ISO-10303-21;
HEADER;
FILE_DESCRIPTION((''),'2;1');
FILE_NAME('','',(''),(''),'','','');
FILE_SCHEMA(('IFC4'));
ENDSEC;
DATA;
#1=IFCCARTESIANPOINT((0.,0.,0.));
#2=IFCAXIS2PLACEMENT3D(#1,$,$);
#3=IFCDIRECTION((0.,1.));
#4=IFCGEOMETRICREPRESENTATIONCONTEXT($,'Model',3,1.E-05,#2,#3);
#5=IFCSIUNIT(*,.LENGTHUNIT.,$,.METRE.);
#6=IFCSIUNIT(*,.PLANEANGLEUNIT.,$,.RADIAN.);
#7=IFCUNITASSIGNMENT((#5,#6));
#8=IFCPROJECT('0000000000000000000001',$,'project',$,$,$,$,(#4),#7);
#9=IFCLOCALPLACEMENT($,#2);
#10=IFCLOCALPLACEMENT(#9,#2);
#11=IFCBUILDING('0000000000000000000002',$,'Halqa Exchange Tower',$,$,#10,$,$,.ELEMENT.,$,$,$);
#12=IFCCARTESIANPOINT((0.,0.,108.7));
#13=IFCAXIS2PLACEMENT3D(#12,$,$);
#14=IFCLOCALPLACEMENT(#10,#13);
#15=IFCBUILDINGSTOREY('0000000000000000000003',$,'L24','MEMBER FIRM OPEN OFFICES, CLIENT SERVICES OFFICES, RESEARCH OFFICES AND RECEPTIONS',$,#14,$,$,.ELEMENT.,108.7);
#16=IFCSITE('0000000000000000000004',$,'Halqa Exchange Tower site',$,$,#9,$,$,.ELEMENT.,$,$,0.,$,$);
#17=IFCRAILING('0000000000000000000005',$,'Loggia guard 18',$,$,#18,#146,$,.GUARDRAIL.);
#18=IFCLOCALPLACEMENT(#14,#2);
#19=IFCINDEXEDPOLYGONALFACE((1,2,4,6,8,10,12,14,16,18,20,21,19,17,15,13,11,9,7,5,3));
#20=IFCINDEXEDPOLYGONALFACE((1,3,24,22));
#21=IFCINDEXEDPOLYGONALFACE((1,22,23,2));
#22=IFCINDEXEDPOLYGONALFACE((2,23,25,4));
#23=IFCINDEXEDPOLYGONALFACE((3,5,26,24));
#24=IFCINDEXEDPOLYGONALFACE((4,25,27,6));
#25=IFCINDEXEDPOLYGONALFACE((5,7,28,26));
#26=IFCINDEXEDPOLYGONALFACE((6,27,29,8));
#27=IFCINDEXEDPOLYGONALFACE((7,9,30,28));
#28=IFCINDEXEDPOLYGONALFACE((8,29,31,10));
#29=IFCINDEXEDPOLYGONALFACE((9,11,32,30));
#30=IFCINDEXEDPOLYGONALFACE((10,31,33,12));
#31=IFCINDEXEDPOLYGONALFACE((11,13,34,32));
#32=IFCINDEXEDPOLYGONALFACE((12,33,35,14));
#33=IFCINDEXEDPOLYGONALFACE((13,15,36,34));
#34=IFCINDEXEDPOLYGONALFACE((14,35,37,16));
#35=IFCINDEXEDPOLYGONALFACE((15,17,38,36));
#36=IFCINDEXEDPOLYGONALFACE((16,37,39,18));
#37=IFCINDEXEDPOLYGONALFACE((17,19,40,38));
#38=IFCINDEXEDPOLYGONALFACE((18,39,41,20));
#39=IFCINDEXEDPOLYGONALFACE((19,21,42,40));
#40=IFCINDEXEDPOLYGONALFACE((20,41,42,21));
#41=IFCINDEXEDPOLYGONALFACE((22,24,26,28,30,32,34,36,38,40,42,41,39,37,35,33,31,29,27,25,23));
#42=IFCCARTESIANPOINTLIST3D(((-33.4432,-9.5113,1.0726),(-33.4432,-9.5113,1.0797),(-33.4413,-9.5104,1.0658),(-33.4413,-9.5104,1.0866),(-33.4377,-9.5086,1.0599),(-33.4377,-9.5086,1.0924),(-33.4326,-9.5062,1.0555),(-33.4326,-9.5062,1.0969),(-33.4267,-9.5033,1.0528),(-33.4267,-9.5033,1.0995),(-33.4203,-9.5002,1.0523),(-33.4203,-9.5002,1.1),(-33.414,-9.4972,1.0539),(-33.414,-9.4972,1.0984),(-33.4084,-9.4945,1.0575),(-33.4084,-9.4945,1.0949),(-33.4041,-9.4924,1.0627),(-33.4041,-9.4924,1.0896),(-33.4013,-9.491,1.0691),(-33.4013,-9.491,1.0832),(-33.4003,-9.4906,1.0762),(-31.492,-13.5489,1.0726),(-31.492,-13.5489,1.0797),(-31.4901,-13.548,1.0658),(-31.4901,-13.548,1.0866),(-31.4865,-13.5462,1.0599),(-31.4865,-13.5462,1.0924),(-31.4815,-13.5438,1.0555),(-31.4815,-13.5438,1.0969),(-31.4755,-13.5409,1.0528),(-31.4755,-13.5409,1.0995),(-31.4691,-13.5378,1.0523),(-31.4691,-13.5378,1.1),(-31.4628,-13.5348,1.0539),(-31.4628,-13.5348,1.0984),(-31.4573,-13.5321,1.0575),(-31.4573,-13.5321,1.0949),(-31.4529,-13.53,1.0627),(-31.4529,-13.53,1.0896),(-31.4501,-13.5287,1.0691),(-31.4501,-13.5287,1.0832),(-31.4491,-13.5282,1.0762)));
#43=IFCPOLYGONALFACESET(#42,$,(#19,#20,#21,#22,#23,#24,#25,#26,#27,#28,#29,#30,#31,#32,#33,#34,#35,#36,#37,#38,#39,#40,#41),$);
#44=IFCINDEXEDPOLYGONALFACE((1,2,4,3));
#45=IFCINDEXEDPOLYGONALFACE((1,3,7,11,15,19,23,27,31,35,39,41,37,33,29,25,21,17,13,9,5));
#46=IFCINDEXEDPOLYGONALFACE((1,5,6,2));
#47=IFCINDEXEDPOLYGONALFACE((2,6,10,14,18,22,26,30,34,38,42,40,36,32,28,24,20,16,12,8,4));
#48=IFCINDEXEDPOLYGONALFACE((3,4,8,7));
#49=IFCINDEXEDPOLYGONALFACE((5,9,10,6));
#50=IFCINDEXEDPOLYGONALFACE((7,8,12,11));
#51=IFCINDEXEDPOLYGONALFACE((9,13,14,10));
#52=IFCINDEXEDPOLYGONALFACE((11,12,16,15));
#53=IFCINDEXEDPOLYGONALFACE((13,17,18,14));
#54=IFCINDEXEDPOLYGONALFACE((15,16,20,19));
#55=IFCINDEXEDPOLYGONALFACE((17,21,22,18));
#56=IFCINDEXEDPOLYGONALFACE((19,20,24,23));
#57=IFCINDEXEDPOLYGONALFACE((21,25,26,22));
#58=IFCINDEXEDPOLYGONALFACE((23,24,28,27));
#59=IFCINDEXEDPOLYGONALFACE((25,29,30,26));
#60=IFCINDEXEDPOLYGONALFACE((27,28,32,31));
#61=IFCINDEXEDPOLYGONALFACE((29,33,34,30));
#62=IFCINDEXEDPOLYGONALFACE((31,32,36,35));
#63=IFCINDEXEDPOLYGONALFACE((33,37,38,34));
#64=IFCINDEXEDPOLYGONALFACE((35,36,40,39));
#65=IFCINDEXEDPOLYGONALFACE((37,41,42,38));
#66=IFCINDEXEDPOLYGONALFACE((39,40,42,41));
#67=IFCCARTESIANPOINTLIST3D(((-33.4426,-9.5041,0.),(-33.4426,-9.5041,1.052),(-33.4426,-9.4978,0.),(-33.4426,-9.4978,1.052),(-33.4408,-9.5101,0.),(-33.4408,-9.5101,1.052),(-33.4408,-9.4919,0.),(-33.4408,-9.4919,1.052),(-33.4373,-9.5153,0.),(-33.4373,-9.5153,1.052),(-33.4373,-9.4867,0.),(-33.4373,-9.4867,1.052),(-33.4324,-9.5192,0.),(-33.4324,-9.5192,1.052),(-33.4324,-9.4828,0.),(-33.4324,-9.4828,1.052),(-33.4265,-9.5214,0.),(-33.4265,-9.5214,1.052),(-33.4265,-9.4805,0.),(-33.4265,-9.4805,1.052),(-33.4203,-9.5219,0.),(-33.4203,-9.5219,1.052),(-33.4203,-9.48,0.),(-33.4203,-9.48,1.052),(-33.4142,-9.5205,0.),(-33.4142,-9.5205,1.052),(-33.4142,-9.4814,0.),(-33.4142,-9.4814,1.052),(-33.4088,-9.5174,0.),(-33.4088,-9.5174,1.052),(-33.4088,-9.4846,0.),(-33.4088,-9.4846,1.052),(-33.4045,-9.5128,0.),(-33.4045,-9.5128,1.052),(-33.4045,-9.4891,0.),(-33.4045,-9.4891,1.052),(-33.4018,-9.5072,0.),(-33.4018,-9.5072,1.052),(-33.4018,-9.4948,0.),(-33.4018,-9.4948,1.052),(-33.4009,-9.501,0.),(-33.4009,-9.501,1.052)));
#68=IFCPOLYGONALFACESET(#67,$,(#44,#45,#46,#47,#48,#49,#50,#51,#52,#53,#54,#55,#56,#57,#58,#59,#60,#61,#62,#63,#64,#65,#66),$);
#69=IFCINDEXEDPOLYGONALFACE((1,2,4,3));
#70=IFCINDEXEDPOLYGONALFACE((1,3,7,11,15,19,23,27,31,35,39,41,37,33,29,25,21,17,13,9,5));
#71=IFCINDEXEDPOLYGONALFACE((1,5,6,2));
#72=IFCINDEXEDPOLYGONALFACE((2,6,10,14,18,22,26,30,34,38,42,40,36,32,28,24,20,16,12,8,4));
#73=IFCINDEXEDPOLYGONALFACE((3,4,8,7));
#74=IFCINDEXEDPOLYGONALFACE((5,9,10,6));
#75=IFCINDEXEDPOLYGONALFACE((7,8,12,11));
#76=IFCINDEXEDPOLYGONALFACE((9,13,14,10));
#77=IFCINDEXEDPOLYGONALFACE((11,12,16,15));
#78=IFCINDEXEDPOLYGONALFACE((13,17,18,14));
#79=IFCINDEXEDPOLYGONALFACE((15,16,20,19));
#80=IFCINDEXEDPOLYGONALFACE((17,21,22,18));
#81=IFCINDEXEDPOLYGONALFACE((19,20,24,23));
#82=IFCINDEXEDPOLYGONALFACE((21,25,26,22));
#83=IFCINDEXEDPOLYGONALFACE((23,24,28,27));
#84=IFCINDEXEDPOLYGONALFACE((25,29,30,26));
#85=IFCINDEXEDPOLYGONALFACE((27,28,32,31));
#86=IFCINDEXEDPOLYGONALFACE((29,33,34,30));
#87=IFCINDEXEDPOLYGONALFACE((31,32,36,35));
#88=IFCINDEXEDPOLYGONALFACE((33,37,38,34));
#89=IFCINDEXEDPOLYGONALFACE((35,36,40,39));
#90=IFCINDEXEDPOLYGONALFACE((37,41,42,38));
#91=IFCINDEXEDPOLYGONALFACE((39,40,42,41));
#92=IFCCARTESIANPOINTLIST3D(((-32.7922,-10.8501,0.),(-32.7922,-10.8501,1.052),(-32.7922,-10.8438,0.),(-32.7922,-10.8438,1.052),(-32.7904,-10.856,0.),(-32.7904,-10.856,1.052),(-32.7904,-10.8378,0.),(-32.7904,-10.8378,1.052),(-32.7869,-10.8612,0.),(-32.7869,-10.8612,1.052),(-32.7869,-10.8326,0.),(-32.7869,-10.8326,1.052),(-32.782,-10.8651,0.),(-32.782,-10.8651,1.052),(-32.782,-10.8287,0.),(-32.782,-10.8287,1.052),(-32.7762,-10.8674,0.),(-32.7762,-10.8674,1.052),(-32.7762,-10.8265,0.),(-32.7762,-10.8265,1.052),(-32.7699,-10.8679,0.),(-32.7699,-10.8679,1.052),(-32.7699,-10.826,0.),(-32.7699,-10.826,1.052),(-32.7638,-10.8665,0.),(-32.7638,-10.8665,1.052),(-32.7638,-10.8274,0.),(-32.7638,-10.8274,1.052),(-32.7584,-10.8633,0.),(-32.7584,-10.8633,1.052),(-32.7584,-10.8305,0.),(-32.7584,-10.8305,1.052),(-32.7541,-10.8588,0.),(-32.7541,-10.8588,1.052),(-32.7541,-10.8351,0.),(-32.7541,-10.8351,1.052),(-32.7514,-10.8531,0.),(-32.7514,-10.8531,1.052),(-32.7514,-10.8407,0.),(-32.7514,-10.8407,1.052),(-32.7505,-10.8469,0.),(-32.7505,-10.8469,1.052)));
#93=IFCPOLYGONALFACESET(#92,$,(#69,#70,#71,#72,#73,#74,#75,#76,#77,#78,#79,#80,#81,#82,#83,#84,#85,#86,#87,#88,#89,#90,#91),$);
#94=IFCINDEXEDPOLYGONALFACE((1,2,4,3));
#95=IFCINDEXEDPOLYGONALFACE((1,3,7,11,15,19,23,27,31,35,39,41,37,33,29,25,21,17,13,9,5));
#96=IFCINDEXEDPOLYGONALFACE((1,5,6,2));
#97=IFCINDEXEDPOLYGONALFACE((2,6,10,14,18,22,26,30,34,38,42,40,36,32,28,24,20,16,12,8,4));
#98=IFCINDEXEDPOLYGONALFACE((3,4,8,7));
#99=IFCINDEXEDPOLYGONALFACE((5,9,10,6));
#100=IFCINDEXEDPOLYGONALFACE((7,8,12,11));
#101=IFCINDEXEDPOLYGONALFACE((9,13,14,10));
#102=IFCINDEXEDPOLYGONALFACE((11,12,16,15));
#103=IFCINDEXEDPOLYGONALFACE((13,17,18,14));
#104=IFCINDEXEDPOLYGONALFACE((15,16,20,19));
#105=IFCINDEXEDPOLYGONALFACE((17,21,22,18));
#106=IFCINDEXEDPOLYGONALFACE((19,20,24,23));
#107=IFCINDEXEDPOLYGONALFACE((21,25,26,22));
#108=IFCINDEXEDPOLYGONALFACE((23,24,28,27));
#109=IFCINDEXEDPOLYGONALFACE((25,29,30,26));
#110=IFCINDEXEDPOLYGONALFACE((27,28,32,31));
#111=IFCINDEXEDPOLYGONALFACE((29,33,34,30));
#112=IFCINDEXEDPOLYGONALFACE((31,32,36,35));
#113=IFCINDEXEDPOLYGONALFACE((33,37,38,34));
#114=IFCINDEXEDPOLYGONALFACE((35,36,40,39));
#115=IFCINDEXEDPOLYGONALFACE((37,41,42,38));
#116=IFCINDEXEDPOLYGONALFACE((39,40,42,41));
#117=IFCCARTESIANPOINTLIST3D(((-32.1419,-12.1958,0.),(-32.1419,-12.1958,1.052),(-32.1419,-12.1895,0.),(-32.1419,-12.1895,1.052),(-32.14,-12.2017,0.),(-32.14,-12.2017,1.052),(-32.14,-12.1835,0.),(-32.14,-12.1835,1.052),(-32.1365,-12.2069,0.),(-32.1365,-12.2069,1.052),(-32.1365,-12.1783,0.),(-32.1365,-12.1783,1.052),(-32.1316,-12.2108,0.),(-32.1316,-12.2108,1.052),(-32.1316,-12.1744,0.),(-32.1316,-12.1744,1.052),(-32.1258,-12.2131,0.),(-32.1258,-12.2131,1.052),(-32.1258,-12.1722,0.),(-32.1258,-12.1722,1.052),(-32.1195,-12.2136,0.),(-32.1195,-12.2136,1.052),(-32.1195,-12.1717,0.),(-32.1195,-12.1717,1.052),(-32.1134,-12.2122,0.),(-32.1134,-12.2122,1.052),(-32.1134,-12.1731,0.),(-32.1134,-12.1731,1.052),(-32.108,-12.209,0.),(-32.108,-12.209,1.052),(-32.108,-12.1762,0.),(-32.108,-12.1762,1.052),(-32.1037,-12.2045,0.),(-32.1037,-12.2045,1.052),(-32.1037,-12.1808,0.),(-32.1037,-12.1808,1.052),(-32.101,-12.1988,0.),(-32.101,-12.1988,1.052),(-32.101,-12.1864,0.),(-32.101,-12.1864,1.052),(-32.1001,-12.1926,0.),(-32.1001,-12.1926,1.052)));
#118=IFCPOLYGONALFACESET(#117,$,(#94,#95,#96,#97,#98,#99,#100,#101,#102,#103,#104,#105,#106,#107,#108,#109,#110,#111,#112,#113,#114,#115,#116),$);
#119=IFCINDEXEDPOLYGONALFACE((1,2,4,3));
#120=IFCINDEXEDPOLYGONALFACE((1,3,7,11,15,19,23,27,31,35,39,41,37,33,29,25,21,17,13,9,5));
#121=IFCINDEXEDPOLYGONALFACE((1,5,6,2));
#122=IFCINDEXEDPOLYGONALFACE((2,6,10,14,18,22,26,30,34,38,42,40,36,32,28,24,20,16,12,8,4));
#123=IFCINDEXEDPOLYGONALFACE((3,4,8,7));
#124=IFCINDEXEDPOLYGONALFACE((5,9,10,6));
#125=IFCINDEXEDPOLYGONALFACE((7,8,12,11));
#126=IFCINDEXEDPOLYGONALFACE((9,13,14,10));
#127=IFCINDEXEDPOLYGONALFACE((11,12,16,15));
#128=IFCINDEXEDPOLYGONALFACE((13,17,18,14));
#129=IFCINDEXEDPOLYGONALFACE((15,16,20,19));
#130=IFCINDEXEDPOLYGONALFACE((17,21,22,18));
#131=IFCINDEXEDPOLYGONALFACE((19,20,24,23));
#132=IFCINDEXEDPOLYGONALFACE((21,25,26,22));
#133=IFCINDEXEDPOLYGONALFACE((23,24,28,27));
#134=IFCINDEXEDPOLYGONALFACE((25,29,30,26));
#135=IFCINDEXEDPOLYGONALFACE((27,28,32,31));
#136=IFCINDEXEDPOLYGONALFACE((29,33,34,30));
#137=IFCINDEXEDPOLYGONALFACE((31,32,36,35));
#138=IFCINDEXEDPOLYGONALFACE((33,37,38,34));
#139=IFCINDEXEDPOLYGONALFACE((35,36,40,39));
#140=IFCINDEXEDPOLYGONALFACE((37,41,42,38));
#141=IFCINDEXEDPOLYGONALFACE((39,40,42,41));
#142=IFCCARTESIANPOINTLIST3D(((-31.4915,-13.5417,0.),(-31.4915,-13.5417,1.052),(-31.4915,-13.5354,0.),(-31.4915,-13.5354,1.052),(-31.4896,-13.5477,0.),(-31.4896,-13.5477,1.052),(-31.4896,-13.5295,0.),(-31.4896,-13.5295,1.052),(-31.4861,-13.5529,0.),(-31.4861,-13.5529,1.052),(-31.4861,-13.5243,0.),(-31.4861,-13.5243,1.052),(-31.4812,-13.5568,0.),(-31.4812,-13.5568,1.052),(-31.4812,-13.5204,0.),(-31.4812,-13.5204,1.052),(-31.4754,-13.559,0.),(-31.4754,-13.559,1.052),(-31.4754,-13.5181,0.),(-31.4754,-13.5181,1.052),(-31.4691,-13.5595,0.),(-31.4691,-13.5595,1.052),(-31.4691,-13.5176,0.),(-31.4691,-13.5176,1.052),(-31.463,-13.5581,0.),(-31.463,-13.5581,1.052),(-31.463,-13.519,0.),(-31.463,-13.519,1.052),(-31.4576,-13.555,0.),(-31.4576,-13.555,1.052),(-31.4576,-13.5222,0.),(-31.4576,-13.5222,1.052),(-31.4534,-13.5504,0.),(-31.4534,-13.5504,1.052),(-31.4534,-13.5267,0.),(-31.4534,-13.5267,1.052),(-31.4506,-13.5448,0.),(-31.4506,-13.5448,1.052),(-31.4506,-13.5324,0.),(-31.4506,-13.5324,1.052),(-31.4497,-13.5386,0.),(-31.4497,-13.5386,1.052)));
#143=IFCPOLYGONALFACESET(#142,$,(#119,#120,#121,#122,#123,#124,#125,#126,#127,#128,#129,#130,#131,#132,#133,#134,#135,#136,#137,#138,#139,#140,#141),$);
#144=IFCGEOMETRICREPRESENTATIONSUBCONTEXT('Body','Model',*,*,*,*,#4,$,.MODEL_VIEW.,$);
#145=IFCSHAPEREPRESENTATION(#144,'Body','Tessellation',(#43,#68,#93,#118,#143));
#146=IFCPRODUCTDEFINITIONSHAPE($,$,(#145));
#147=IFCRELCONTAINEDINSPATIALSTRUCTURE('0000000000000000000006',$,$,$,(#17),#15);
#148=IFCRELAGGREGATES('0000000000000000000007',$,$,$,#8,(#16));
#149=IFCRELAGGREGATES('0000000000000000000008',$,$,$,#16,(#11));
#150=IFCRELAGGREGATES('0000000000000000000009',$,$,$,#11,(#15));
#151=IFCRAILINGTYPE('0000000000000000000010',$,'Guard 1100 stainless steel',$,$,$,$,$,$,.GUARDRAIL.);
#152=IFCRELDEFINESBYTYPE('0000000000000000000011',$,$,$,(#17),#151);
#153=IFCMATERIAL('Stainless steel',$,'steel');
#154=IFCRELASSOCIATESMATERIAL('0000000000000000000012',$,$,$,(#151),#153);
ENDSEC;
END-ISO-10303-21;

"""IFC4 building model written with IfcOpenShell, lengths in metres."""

from ifc_helpers import new_model, si_unit, direction, frame, origin, origin_2d, place, context, subcontext, project, spatial, circle, extrude, material, type_object, element, save


model = new_model("IFC4")

# Units and contexts
model_context = context("Model", 3, precision=1e-05, world=origin(), true_north=direction((0.0, 1.0)))
body_context = subcontext(model_context, "Body", "Model", "MODEL_VIEW")
ifc_project = project(units=[si_unit("LENGTHUNIT", "METRE"), si_unit("PLANEANGLEUNIT", "RADIAN")], contexts=[model_context])

# Site, building, storey
site_placement = place(None, origin())
site = spatial("IfcSite", under=ifc_project, at=site_placement, Name="Halqa Exchange Tower site", CompositionType="ELEMENT", RefElevation=0.0)
building_placement = place(site_placement, origin())
building = spatial("IfcBuilding", under=site, at=building_placement, Name="Halqa Exchange Tower", CompositionType="ELEMENT")
storey_placement = place(building_placement, frame((0.0, 0.0, 108.7)))
storey = spatial("IfcBuildingStorey", under=building, at=storey_placement, Name="L24", Description="MEMBER FIRM OPEN OFFICES, CLIENT SERVICES OFFICES, RESEARCH OFFICES AND RECEPTIONS", CompositionType="ELEMENT", Elevation=108.7)

# Railing
ifc_material_1 = material(Name="Stainless steel", Category="steel")
railing_type = type_object("IfcRailingType", Name="Guard 1100 stainless steel", PredefinedType="GUARDRAIL", material=ifc_material_1)
railing_1_placement = place(storey_placement, frame((-33.4219, -9.501, 0.0)))
element("IfcRailing", 1, at=railing_1_placement, inside=storey, type_object=railing_type, Name="Loggia guard 18", PredefinedType="GUARDRAIL", context=body_context, shape_type="SweptSolid", body=[
    extrude(circle(Radius=0.0239, at=origin_2d()), frame((0.0, 0.0, 1.0762), z_axis=(0.435108, -0.900378, 0.0), x_axis=(0.900378, 0.435108, 0.0)), (0.0, 0.0, 1.0), 4.4844),
    extrude(circle(Radius=0.021, at=origin_2d()), origin(), (0.0, 0.0, 1.0), 1.052),
    extrude(circle(Radius=0.021, at=origin_2d()), frame((0.6504, -1.3459, 0.0)), (0.0, 0.0, 1.0), 1.052),
    extrude(circle(Radius=0.021, at=origin_2d()), frame((1.3008, -2.6917, 0.0)), (0.0, 0.0, 1.0), 1.052),
    extrude(circle(Radius=0.021, at=origin_2d()), frame((1.9512, -4.0376, 0.0)), (0.0, 0.0, 1.0), 1.052),
])

save(model, "model.ifc")
